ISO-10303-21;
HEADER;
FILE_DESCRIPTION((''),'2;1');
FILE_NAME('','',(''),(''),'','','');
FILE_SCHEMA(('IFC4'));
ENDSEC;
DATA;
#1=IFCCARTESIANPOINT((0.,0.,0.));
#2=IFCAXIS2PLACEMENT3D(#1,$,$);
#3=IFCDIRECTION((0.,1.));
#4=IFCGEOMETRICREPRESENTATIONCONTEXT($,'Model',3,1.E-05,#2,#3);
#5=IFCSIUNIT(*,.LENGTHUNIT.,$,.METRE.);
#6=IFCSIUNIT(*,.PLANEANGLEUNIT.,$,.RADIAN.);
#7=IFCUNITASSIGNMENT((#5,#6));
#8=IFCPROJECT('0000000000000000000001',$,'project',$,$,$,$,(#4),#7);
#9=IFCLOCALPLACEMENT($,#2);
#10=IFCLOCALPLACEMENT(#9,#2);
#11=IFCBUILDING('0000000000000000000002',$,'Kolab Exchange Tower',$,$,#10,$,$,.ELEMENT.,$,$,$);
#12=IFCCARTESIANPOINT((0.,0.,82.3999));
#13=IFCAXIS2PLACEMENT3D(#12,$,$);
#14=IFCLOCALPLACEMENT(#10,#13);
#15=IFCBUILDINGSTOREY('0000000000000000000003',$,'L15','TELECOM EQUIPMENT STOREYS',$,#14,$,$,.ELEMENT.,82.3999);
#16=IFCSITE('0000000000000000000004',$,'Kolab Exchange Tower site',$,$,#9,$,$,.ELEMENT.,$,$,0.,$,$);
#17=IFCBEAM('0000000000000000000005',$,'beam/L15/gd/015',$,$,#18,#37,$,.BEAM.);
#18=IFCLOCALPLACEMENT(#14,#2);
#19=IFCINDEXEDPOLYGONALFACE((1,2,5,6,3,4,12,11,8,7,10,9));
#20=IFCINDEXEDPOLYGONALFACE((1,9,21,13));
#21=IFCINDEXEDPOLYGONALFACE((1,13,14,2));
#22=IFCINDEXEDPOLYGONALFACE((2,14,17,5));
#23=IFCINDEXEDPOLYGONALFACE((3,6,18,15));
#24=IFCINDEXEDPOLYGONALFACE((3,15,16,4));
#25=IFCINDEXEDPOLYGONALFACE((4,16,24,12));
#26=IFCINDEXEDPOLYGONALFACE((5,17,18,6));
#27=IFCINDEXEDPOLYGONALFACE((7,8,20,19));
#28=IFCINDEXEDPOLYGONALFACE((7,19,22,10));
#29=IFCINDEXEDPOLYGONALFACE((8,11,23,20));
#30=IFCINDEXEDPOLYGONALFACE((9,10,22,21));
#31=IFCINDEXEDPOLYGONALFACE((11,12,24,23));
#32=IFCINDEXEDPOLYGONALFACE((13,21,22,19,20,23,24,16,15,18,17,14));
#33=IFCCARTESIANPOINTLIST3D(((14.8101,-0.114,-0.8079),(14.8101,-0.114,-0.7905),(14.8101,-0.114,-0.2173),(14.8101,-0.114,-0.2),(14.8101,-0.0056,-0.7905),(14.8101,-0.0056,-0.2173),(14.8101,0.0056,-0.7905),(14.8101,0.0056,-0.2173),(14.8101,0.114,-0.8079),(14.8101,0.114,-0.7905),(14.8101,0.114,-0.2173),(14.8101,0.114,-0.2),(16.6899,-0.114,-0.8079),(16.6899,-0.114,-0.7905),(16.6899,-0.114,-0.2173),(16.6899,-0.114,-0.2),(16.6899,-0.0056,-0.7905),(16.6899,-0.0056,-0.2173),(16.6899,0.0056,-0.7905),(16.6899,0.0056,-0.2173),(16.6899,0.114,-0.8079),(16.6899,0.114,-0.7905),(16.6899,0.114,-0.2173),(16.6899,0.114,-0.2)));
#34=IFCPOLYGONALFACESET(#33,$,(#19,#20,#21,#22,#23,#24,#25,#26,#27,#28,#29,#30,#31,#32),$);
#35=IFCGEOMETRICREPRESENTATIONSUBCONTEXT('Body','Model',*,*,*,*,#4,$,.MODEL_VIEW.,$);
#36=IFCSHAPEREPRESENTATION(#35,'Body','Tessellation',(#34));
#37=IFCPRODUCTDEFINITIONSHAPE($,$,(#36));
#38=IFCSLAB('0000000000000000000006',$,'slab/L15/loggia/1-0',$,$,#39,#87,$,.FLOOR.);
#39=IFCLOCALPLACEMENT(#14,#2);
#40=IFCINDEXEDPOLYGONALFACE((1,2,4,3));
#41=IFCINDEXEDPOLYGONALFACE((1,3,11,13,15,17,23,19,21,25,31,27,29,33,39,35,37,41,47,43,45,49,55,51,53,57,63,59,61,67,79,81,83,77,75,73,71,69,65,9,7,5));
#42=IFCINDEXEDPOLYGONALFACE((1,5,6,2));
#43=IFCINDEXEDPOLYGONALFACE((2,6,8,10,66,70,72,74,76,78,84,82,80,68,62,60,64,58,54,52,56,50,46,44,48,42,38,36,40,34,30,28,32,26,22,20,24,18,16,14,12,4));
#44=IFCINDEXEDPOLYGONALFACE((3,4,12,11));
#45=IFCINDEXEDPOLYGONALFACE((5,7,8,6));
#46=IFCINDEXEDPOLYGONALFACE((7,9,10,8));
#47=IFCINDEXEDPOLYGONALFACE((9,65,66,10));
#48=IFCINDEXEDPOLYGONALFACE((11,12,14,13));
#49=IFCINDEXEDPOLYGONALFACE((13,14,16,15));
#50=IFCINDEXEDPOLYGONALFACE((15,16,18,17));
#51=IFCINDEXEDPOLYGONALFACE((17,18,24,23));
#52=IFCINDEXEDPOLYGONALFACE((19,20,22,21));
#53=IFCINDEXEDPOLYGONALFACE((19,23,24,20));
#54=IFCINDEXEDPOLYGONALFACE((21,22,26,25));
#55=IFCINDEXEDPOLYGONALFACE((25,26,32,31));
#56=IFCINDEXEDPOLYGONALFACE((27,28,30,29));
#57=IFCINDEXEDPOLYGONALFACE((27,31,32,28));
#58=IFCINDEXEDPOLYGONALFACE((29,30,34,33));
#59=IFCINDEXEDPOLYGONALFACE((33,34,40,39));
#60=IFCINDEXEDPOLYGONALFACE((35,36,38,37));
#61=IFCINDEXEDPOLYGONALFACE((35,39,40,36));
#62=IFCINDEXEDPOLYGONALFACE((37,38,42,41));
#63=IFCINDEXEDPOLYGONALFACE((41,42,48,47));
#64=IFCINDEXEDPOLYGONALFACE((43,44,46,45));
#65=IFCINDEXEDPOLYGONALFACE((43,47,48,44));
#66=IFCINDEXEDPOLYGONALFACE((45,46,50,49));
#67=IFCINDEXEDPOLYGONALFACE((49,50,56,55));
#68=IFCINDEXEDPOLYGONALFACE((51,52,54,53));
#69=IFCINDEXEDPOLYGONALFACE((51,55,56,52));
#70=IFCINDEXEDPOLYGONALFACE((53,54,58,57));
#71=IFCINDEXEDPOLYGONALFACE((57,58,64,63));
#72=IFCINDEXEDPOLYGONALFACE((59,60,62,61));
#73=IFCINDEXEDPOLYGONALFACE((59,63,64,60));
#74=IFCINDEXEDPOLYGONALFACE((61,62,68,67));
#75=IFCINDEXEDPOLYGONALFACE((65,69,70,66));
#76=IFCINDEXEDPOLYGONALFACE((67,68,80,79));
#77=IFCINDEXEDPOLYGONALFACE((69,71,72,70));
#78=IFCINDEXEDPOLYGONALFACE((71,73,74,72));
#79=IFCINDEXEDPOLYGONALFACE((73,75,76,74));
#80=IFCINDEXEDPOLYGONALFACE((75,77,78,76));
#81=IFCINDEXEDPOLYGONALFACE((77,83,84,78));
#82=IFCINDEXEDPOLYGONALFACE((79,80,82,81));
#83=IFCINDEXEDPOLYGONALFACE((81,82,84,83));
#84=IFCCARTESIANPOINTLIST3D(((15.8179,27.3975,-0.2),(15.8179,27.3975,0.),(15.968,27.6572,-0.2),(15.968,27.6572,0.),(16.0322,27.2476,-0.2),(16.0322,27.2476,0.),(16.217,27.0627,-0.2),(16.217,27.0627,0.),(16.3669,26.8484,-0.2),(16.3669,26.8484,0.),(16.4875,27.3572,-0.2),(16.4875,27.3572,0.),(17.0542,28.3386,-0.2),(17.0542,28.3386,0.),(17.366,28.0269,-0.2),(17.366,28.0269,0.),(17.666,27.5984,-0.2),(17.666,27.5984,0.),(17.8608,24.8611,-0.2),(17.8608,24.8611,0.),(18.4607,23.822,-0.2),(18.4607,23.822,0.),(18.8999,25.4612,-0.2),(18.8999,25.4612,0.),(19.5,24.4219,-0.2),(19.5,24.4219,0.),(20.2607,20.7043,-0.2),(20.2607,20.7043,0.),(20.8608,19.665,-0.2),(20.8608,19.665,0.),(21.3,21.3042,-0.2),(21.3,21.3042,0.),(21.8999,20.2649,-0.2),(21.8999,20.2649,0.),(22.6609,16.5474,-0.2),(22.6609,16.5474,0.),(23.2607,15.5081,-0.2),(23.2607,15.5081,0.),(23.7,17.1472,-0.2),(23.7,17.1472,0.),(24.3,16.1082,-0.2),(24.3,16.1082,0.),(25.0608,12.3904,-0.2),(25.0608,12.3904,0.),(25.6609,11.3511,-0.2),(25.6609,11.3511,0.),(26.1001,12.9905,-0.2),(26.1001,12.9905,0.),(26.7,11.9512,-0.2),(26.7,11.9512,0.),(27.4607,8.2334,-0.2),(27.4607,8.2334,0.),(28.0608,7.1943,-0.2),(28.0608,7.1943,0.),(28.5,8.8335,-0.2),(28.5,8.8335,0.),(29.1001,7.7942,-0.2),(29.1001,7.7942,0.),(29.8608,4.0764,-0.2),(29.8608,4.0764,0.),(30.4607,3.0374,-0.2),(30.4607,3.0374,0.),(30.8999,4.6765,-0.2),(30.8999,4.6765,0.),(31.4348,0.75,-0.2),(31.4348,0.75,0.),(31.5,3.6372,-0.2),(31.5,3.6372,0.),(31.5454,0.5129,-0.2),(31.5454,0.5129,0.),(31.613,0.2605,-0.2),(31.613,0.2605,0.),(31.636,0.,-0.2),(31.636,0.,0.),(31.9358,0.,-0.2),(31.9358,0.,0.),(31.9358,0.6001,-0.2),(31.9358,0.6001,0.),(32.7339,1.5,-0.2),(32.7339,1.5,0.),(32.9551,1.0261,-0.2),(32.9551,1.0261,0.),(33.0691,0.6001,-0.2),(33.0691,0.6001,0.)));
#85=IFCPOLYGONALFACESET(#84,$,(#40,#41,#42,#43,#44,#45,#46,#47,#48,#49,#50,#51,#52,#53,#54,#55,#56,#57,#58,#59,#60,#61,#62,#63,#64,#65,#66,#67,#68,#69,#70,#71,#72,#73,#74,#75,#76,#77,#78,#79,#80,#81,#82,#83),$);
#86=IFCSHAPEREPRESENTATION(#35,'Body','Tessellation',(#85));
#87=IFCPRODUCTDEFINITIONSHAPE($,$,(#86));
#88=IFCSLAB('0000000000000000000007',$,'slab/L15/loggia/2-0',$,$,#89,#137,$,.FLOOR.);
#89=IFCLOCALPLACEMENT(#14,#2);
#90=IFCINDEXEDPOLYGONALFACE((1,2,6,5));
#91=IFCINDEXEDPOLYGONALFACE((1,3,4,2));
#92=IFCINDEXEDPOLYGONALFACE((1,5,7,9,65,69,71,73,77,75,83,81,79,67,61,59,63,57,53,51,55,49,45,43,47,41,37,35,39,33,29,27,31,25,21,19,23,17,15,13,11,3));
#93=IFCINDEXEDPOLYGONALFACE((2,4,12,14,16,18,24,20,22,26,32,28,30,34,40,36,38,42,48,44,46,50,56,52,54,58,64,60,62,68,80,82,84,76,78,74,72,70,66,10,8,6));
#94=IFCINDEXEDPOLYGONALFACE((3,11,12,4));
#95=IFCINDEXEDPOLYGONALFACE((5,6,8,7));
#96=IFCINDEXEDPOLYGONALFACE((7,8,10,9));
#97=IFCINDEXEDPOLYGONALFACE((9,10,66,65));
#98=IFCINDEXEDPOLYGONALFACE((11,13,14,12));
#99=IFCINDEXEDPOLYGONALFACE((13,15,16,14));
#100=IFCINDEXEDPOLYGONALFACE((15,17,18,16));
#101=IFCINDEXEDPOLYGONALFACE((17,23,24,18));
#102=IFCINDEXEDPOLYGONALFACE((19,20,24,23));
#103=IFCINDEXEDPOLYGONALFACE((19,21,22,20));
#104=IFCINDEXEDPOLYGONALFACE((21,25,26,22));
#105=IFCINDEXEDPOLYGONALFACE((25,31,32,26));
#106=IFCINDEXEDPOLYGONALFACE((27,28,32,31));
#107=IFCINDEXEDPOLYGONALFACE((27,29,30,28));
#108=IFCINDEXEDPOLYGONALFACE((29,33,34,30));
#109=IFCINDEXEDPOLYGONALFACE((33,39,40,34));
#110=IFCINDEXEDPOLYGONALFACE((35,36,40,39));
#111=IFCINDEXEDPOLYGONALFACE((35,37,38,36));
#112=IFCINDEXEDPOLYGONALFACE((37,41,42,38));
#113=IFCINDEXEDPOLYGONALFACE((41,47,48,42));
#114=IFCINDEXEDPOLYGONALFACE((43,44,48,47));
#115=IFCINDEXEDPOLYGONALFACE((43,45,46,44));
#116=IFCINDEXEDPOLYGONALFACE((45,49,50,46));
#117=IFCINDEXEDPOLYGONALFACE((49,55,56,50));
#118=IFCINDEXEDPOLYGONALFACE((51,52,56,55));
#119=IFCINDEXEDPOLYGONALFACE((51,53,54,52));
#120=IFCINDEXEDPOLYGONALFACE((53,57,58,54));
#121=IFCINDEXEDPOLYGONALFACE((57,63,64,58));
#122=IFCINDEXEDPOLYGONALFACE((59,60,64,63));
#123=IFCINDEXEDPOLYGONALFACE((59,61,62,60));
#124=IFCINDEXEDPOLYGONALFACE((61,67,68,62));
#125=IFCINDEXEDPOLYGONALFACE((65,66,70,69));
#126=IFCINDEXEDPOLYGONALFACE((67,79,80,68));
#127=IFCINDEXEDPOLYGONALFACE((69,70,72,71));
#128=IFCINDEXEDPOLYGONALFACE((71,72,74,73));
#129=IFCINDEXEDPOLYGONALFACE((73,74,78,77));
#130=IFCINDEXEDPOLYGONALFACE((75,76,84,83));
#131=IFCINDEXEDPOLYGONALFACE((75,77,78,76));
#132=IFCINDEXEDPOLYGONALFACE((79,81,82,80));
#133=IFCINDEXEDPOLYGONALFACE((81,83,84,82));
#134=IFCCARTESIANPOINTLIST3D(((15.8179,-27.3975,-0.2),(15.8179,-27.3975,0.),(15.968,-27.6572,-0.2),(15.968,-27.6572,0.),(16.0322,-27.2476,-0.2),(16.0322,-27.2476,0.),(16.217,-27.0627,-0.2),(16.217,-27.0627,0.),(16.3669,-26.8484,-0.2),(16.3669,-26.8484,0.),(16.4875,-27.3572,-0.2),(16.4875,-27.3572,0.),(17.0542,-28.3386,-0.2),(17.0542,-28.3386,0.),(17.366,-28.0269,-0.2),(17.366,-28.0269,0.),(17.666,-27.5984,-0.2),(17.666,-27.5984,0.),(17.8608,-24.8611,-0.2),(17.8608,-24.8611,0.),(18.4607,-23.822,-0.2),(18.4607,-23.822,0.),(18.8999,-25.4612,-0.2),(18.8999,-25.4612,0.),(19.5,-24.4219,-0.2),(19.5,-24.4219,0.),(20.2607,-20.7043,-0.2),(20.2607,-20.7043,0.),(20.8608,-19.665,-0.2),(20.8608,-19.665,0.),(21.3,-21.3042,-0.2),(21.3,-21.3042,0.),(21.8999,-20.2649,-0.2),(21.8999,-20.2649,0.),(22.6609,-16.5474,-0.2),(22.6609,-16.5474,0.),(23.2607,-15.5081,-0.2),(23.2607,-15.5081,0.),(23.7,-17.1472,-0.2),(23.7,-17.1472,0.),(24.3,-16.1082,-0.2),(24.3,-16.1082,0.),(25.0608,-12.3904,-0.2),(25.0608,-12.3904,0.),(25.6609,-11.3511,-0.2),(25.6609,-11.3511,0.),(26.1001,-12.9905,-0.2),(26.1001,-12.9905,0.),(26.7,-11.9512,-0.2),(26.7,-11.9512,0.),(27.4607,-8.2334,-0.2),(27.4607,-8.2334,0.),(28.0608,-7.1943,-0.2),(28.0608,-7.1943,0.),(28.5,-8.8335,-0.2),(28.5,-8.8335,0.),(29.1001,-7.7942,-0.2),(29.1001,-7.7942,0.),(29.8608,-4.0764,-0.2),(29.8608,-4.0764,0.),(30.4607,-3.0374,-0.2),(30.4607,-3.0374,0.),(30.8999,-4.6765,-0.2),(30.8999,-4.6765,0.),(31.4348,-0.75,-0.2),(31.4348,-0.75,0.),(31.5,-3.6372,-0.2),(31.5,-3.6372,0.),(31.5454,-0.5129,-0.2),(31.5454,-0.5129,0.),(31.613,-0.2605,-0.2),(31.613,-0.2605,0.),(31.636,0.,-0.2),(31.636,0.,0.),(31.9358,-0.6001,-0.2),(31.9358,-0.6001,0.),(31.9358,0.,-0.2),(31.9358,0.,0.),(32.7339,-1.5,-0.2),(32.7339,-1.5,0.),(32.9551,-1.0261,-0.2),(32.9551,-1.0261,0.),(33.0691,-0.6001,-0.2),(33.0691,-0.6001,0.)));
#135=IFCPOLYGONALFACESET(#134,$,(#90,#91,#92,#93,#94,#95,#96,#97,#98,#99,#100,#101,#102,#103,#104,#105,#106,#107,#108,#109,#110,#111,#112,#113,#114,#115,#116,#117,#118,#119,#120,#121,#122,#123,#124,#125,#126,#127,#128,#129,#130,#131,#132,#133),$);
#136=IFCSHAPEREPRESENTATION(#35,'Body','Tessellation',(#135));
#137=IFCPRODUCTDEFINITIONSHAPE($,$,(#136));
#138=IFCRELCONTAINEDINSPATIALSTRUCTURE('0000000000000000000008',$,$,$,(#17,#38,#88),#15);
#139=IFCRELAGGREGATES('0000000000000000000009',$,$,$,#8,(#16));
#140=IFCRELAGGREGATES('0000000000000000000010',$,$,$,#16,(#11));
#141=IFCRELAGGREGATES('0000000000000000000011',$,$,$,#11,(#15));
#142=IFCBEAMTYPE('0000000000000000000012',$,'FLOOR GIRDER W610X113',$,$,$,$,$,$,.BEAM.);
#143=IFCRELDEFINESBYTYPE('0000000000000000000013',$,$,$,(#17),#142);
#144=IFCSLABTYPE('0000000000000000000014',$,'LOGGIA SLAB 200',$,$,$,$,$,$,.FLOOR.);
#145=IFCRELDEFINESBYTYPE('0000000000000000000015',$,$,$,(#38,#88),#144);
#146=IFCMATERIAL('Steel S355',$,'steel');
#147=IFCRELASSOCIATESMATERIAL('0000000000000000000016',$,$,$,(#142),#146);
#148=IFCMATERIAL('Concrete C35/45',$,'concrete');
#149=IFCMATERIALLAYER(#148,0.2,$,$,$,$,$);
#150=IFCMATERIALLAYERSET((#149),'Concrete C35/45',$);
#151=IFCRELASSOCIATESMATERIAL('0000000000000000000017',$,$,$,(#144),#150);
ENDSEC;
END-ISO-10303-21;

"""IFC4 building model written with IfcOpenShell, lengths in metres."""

from ifc_helpers import new_model, si_unit, direction, frame, origin, origin_2d, place, context, subcontext, project, spatial, polyline, i_section, outline, extrude, material, layer, layer_set, material_profile, profile_set, type_object, element, save


model = new_model("IFC4")

# Units and contexts
model_context = context("Model", 3, precision=1e-05, world=origin(), true_north=direction((0.0, 1.0)))
body_context = subcontext(model_context, "Body", "Model", "MODEL_VIEW")
ifc_project = project(units=[si_unit("LENGTHUNIT", "METRE"), si_unit("PLANEANGLEUNIT", "RADIAN")], contexts=[model_context])

# Site, building, storey
site_placement = place(None, origin())
site = spatial("IfcSite", under=ifc_project, at=site_placement, Name="Kolab Exchange Tower site", CompositionType="ELEMENT", RefElevation=0.0)
building_placement = place(site_placement, origin())
building = spatial("IfcBuilding", under=site, at=building_placement, Name="Kolab Exchange Tower", CompositionType="ELEMENT")
storey_placement = place(building_placement, frame((0.0, 0.0, 82.3999)))
storey = spatial("IfcBuildingStorey", under=building, at=storey_placement, Name="L15", Description="TELECOM EQUIPMENT STOREYS", CompositionType="ELEMENT", Elevation=82.3999)

# Beam
ifc_material_1 = material(Name="Steel S355", Category="steel")
ifc_material_profile = material_profile(ifc_material_1, i_section(OverallWidth=0.228, OverallDepth=0.6079, WebThickness=0.0112, FlangeThickness=0.0173, at=origin_2d()), Name="W610X113")
ifc_profile_set = profile_set([ifc_material_profile], Name="Steel S355")
beam_type = type_object("IfcBeamType", Name="FLOOR GIRDER W610X113", PredefinedType="BEAM", material=ifc_profile_set)
beam_placement = place(storey_placement, frame((14.8101, 0.0, -0.5039), z_axis=(1.0, 0.0, 0.0), x_axis=(0.0, 1.0, 0.0)))
element("IfcBeam", 1, at=beam_placement, inside=storey, type_object=beam_type, Name="beam/L15/gd/015", PredefinedType="BEAM", context=body_context, shape_type="SweptSolid", body=[
    extrude(i_section(OverallWidth=0.228, OverallDepth=0.6079, WebThickness=0.0112, FlangeThickness=0.0173, at=origin_2d()), origin(), (0.0, 0.0, 1.0), 1.8799),
])

# Slabs
ifc_material_2 = material(Name="Concrete C35/45", Category="concrete")
ifc_layer_1 = layer(ifc_material_2, 0.2)
ifc_layer_set_1 = layer_set([ifc_layer_1], Name="Concrete C35/45")
slab_type_1 = type_object("IfcSlabType", Name="LOGGIA SLAB 200", PredefinedType="FLOOR", material=ifc_layer_set_1)
slab_1_placement = place(storey_placement, frame((0.0, 0.0, -0.2)))
element("IfcSlab", 2, at=slab_1_placement, inside=storey, type_object=slab_type_1, Name="slab/L15/loggia/1-0", PredefinedType="FLOOR", context=body_context, shape_type="SweptSolid", body=[
    extrude(outline(polyline([(31.636, 0.0), (31.9358, 0.0), (31.9358, 0.6001), (33.0691, 0.6001), (32.9551, 1.0261), (32.7339, 1.5), (31.5, 3.6372), (30.4607, 3.0374), (29.8608, 4.0764), (30.8999, 4.6765), (29.1001, 7.7942), (28.0608, 7.1943), (27.4607, 8.2334), (28.5, 8.8335), (26.7, 11.9512), (25.6609, 11.3511), (25.0608, 12.3904), (26.1001, 12.9905), (24.3, 16.1082), (23.2607, 15.5081), (22.6609, 16.5474), (23.7, 17.1472), (21.8999, 20.2649), (20.8608, 19.665), (20.2607, 20.7043), (21.3, 21.3042), (19.5, 24.4219), (18.4607, 23.822), (17.8608, 24.8611), (18.8999, 25.4612), (17.666, 27.5984), (17.366, 28.0269), (17.0542, 28.3386), (16.4875, 27.3572), (15.968, 27.6572), (15.8179, 27.3975), (16.0322, 27.2476), (16.217, 27.0627), (16.3669, 26.8484), (31.4348, 0.75), (31.5454, 0.5129), (31.613, 0.2605), (31.636, 0.0)])), origin(), (0.0, 0.0, 1.0), 0.2),
])
slab_2_placement = place(storey_placement, frame((0.0, 0.0, -0.2)))
element("IfcSlab", 3, at=slab_2_placement, inside=storey, type_object=slab_type_1, Name="slab/L15/loggia/2-0", PredefinedType="FLOOR", context=body_context, shape_type="SweptSolid", body=[
    extrude(outline(polyline([(17.666, -27.5984), (18.8999, -25.4612), (17.8608, -24.8611), (18.4607, -23.822), (19.5, -24.4219), (21.3, -21.3042), (20.2607, -20.7043), (20.8608, -19.665), (21.8999, -20.2649), (23.7, -17.1472), (22.6609, -16.5474), (23.2607, -15.5081), (24.3, -16.1082), (26.1001, -12.9905), (25.0608, -12.3904), (25.6609, -11.3511), (26.7, -11.9512), (28.5, -8.8335), (27.4607, -8.2334), (28.0608, -7.1943), (29.1001, -7.7942), (30.8999, -4.6765), (29.8608, -4.0764), (30.4607, -3.0374), (31.5, -3.6372), (32.7339, -1.5), (32.9551, -1.0261), (33.0691, -0.6001), (31.9358, -0.6001), (31.9358, 0.0), (31.636, 0.0), (31.613, -0.2605), (31.5454, -0.5129), (31.4348, -0.75), (16.3669, -26.8484), (16.217, -27.0627), (16.0322, -27.2476), (15.8179, -27.3975), (15.968, -27.6572), (16.4875, -27.3572), (17.0542, -28.3386), (17.366, -28.0269), (17.666, -27.5984)])), origin(), (0.0, 0.0, 1.0), 0.2),
])

save(model, "model.ifc")
